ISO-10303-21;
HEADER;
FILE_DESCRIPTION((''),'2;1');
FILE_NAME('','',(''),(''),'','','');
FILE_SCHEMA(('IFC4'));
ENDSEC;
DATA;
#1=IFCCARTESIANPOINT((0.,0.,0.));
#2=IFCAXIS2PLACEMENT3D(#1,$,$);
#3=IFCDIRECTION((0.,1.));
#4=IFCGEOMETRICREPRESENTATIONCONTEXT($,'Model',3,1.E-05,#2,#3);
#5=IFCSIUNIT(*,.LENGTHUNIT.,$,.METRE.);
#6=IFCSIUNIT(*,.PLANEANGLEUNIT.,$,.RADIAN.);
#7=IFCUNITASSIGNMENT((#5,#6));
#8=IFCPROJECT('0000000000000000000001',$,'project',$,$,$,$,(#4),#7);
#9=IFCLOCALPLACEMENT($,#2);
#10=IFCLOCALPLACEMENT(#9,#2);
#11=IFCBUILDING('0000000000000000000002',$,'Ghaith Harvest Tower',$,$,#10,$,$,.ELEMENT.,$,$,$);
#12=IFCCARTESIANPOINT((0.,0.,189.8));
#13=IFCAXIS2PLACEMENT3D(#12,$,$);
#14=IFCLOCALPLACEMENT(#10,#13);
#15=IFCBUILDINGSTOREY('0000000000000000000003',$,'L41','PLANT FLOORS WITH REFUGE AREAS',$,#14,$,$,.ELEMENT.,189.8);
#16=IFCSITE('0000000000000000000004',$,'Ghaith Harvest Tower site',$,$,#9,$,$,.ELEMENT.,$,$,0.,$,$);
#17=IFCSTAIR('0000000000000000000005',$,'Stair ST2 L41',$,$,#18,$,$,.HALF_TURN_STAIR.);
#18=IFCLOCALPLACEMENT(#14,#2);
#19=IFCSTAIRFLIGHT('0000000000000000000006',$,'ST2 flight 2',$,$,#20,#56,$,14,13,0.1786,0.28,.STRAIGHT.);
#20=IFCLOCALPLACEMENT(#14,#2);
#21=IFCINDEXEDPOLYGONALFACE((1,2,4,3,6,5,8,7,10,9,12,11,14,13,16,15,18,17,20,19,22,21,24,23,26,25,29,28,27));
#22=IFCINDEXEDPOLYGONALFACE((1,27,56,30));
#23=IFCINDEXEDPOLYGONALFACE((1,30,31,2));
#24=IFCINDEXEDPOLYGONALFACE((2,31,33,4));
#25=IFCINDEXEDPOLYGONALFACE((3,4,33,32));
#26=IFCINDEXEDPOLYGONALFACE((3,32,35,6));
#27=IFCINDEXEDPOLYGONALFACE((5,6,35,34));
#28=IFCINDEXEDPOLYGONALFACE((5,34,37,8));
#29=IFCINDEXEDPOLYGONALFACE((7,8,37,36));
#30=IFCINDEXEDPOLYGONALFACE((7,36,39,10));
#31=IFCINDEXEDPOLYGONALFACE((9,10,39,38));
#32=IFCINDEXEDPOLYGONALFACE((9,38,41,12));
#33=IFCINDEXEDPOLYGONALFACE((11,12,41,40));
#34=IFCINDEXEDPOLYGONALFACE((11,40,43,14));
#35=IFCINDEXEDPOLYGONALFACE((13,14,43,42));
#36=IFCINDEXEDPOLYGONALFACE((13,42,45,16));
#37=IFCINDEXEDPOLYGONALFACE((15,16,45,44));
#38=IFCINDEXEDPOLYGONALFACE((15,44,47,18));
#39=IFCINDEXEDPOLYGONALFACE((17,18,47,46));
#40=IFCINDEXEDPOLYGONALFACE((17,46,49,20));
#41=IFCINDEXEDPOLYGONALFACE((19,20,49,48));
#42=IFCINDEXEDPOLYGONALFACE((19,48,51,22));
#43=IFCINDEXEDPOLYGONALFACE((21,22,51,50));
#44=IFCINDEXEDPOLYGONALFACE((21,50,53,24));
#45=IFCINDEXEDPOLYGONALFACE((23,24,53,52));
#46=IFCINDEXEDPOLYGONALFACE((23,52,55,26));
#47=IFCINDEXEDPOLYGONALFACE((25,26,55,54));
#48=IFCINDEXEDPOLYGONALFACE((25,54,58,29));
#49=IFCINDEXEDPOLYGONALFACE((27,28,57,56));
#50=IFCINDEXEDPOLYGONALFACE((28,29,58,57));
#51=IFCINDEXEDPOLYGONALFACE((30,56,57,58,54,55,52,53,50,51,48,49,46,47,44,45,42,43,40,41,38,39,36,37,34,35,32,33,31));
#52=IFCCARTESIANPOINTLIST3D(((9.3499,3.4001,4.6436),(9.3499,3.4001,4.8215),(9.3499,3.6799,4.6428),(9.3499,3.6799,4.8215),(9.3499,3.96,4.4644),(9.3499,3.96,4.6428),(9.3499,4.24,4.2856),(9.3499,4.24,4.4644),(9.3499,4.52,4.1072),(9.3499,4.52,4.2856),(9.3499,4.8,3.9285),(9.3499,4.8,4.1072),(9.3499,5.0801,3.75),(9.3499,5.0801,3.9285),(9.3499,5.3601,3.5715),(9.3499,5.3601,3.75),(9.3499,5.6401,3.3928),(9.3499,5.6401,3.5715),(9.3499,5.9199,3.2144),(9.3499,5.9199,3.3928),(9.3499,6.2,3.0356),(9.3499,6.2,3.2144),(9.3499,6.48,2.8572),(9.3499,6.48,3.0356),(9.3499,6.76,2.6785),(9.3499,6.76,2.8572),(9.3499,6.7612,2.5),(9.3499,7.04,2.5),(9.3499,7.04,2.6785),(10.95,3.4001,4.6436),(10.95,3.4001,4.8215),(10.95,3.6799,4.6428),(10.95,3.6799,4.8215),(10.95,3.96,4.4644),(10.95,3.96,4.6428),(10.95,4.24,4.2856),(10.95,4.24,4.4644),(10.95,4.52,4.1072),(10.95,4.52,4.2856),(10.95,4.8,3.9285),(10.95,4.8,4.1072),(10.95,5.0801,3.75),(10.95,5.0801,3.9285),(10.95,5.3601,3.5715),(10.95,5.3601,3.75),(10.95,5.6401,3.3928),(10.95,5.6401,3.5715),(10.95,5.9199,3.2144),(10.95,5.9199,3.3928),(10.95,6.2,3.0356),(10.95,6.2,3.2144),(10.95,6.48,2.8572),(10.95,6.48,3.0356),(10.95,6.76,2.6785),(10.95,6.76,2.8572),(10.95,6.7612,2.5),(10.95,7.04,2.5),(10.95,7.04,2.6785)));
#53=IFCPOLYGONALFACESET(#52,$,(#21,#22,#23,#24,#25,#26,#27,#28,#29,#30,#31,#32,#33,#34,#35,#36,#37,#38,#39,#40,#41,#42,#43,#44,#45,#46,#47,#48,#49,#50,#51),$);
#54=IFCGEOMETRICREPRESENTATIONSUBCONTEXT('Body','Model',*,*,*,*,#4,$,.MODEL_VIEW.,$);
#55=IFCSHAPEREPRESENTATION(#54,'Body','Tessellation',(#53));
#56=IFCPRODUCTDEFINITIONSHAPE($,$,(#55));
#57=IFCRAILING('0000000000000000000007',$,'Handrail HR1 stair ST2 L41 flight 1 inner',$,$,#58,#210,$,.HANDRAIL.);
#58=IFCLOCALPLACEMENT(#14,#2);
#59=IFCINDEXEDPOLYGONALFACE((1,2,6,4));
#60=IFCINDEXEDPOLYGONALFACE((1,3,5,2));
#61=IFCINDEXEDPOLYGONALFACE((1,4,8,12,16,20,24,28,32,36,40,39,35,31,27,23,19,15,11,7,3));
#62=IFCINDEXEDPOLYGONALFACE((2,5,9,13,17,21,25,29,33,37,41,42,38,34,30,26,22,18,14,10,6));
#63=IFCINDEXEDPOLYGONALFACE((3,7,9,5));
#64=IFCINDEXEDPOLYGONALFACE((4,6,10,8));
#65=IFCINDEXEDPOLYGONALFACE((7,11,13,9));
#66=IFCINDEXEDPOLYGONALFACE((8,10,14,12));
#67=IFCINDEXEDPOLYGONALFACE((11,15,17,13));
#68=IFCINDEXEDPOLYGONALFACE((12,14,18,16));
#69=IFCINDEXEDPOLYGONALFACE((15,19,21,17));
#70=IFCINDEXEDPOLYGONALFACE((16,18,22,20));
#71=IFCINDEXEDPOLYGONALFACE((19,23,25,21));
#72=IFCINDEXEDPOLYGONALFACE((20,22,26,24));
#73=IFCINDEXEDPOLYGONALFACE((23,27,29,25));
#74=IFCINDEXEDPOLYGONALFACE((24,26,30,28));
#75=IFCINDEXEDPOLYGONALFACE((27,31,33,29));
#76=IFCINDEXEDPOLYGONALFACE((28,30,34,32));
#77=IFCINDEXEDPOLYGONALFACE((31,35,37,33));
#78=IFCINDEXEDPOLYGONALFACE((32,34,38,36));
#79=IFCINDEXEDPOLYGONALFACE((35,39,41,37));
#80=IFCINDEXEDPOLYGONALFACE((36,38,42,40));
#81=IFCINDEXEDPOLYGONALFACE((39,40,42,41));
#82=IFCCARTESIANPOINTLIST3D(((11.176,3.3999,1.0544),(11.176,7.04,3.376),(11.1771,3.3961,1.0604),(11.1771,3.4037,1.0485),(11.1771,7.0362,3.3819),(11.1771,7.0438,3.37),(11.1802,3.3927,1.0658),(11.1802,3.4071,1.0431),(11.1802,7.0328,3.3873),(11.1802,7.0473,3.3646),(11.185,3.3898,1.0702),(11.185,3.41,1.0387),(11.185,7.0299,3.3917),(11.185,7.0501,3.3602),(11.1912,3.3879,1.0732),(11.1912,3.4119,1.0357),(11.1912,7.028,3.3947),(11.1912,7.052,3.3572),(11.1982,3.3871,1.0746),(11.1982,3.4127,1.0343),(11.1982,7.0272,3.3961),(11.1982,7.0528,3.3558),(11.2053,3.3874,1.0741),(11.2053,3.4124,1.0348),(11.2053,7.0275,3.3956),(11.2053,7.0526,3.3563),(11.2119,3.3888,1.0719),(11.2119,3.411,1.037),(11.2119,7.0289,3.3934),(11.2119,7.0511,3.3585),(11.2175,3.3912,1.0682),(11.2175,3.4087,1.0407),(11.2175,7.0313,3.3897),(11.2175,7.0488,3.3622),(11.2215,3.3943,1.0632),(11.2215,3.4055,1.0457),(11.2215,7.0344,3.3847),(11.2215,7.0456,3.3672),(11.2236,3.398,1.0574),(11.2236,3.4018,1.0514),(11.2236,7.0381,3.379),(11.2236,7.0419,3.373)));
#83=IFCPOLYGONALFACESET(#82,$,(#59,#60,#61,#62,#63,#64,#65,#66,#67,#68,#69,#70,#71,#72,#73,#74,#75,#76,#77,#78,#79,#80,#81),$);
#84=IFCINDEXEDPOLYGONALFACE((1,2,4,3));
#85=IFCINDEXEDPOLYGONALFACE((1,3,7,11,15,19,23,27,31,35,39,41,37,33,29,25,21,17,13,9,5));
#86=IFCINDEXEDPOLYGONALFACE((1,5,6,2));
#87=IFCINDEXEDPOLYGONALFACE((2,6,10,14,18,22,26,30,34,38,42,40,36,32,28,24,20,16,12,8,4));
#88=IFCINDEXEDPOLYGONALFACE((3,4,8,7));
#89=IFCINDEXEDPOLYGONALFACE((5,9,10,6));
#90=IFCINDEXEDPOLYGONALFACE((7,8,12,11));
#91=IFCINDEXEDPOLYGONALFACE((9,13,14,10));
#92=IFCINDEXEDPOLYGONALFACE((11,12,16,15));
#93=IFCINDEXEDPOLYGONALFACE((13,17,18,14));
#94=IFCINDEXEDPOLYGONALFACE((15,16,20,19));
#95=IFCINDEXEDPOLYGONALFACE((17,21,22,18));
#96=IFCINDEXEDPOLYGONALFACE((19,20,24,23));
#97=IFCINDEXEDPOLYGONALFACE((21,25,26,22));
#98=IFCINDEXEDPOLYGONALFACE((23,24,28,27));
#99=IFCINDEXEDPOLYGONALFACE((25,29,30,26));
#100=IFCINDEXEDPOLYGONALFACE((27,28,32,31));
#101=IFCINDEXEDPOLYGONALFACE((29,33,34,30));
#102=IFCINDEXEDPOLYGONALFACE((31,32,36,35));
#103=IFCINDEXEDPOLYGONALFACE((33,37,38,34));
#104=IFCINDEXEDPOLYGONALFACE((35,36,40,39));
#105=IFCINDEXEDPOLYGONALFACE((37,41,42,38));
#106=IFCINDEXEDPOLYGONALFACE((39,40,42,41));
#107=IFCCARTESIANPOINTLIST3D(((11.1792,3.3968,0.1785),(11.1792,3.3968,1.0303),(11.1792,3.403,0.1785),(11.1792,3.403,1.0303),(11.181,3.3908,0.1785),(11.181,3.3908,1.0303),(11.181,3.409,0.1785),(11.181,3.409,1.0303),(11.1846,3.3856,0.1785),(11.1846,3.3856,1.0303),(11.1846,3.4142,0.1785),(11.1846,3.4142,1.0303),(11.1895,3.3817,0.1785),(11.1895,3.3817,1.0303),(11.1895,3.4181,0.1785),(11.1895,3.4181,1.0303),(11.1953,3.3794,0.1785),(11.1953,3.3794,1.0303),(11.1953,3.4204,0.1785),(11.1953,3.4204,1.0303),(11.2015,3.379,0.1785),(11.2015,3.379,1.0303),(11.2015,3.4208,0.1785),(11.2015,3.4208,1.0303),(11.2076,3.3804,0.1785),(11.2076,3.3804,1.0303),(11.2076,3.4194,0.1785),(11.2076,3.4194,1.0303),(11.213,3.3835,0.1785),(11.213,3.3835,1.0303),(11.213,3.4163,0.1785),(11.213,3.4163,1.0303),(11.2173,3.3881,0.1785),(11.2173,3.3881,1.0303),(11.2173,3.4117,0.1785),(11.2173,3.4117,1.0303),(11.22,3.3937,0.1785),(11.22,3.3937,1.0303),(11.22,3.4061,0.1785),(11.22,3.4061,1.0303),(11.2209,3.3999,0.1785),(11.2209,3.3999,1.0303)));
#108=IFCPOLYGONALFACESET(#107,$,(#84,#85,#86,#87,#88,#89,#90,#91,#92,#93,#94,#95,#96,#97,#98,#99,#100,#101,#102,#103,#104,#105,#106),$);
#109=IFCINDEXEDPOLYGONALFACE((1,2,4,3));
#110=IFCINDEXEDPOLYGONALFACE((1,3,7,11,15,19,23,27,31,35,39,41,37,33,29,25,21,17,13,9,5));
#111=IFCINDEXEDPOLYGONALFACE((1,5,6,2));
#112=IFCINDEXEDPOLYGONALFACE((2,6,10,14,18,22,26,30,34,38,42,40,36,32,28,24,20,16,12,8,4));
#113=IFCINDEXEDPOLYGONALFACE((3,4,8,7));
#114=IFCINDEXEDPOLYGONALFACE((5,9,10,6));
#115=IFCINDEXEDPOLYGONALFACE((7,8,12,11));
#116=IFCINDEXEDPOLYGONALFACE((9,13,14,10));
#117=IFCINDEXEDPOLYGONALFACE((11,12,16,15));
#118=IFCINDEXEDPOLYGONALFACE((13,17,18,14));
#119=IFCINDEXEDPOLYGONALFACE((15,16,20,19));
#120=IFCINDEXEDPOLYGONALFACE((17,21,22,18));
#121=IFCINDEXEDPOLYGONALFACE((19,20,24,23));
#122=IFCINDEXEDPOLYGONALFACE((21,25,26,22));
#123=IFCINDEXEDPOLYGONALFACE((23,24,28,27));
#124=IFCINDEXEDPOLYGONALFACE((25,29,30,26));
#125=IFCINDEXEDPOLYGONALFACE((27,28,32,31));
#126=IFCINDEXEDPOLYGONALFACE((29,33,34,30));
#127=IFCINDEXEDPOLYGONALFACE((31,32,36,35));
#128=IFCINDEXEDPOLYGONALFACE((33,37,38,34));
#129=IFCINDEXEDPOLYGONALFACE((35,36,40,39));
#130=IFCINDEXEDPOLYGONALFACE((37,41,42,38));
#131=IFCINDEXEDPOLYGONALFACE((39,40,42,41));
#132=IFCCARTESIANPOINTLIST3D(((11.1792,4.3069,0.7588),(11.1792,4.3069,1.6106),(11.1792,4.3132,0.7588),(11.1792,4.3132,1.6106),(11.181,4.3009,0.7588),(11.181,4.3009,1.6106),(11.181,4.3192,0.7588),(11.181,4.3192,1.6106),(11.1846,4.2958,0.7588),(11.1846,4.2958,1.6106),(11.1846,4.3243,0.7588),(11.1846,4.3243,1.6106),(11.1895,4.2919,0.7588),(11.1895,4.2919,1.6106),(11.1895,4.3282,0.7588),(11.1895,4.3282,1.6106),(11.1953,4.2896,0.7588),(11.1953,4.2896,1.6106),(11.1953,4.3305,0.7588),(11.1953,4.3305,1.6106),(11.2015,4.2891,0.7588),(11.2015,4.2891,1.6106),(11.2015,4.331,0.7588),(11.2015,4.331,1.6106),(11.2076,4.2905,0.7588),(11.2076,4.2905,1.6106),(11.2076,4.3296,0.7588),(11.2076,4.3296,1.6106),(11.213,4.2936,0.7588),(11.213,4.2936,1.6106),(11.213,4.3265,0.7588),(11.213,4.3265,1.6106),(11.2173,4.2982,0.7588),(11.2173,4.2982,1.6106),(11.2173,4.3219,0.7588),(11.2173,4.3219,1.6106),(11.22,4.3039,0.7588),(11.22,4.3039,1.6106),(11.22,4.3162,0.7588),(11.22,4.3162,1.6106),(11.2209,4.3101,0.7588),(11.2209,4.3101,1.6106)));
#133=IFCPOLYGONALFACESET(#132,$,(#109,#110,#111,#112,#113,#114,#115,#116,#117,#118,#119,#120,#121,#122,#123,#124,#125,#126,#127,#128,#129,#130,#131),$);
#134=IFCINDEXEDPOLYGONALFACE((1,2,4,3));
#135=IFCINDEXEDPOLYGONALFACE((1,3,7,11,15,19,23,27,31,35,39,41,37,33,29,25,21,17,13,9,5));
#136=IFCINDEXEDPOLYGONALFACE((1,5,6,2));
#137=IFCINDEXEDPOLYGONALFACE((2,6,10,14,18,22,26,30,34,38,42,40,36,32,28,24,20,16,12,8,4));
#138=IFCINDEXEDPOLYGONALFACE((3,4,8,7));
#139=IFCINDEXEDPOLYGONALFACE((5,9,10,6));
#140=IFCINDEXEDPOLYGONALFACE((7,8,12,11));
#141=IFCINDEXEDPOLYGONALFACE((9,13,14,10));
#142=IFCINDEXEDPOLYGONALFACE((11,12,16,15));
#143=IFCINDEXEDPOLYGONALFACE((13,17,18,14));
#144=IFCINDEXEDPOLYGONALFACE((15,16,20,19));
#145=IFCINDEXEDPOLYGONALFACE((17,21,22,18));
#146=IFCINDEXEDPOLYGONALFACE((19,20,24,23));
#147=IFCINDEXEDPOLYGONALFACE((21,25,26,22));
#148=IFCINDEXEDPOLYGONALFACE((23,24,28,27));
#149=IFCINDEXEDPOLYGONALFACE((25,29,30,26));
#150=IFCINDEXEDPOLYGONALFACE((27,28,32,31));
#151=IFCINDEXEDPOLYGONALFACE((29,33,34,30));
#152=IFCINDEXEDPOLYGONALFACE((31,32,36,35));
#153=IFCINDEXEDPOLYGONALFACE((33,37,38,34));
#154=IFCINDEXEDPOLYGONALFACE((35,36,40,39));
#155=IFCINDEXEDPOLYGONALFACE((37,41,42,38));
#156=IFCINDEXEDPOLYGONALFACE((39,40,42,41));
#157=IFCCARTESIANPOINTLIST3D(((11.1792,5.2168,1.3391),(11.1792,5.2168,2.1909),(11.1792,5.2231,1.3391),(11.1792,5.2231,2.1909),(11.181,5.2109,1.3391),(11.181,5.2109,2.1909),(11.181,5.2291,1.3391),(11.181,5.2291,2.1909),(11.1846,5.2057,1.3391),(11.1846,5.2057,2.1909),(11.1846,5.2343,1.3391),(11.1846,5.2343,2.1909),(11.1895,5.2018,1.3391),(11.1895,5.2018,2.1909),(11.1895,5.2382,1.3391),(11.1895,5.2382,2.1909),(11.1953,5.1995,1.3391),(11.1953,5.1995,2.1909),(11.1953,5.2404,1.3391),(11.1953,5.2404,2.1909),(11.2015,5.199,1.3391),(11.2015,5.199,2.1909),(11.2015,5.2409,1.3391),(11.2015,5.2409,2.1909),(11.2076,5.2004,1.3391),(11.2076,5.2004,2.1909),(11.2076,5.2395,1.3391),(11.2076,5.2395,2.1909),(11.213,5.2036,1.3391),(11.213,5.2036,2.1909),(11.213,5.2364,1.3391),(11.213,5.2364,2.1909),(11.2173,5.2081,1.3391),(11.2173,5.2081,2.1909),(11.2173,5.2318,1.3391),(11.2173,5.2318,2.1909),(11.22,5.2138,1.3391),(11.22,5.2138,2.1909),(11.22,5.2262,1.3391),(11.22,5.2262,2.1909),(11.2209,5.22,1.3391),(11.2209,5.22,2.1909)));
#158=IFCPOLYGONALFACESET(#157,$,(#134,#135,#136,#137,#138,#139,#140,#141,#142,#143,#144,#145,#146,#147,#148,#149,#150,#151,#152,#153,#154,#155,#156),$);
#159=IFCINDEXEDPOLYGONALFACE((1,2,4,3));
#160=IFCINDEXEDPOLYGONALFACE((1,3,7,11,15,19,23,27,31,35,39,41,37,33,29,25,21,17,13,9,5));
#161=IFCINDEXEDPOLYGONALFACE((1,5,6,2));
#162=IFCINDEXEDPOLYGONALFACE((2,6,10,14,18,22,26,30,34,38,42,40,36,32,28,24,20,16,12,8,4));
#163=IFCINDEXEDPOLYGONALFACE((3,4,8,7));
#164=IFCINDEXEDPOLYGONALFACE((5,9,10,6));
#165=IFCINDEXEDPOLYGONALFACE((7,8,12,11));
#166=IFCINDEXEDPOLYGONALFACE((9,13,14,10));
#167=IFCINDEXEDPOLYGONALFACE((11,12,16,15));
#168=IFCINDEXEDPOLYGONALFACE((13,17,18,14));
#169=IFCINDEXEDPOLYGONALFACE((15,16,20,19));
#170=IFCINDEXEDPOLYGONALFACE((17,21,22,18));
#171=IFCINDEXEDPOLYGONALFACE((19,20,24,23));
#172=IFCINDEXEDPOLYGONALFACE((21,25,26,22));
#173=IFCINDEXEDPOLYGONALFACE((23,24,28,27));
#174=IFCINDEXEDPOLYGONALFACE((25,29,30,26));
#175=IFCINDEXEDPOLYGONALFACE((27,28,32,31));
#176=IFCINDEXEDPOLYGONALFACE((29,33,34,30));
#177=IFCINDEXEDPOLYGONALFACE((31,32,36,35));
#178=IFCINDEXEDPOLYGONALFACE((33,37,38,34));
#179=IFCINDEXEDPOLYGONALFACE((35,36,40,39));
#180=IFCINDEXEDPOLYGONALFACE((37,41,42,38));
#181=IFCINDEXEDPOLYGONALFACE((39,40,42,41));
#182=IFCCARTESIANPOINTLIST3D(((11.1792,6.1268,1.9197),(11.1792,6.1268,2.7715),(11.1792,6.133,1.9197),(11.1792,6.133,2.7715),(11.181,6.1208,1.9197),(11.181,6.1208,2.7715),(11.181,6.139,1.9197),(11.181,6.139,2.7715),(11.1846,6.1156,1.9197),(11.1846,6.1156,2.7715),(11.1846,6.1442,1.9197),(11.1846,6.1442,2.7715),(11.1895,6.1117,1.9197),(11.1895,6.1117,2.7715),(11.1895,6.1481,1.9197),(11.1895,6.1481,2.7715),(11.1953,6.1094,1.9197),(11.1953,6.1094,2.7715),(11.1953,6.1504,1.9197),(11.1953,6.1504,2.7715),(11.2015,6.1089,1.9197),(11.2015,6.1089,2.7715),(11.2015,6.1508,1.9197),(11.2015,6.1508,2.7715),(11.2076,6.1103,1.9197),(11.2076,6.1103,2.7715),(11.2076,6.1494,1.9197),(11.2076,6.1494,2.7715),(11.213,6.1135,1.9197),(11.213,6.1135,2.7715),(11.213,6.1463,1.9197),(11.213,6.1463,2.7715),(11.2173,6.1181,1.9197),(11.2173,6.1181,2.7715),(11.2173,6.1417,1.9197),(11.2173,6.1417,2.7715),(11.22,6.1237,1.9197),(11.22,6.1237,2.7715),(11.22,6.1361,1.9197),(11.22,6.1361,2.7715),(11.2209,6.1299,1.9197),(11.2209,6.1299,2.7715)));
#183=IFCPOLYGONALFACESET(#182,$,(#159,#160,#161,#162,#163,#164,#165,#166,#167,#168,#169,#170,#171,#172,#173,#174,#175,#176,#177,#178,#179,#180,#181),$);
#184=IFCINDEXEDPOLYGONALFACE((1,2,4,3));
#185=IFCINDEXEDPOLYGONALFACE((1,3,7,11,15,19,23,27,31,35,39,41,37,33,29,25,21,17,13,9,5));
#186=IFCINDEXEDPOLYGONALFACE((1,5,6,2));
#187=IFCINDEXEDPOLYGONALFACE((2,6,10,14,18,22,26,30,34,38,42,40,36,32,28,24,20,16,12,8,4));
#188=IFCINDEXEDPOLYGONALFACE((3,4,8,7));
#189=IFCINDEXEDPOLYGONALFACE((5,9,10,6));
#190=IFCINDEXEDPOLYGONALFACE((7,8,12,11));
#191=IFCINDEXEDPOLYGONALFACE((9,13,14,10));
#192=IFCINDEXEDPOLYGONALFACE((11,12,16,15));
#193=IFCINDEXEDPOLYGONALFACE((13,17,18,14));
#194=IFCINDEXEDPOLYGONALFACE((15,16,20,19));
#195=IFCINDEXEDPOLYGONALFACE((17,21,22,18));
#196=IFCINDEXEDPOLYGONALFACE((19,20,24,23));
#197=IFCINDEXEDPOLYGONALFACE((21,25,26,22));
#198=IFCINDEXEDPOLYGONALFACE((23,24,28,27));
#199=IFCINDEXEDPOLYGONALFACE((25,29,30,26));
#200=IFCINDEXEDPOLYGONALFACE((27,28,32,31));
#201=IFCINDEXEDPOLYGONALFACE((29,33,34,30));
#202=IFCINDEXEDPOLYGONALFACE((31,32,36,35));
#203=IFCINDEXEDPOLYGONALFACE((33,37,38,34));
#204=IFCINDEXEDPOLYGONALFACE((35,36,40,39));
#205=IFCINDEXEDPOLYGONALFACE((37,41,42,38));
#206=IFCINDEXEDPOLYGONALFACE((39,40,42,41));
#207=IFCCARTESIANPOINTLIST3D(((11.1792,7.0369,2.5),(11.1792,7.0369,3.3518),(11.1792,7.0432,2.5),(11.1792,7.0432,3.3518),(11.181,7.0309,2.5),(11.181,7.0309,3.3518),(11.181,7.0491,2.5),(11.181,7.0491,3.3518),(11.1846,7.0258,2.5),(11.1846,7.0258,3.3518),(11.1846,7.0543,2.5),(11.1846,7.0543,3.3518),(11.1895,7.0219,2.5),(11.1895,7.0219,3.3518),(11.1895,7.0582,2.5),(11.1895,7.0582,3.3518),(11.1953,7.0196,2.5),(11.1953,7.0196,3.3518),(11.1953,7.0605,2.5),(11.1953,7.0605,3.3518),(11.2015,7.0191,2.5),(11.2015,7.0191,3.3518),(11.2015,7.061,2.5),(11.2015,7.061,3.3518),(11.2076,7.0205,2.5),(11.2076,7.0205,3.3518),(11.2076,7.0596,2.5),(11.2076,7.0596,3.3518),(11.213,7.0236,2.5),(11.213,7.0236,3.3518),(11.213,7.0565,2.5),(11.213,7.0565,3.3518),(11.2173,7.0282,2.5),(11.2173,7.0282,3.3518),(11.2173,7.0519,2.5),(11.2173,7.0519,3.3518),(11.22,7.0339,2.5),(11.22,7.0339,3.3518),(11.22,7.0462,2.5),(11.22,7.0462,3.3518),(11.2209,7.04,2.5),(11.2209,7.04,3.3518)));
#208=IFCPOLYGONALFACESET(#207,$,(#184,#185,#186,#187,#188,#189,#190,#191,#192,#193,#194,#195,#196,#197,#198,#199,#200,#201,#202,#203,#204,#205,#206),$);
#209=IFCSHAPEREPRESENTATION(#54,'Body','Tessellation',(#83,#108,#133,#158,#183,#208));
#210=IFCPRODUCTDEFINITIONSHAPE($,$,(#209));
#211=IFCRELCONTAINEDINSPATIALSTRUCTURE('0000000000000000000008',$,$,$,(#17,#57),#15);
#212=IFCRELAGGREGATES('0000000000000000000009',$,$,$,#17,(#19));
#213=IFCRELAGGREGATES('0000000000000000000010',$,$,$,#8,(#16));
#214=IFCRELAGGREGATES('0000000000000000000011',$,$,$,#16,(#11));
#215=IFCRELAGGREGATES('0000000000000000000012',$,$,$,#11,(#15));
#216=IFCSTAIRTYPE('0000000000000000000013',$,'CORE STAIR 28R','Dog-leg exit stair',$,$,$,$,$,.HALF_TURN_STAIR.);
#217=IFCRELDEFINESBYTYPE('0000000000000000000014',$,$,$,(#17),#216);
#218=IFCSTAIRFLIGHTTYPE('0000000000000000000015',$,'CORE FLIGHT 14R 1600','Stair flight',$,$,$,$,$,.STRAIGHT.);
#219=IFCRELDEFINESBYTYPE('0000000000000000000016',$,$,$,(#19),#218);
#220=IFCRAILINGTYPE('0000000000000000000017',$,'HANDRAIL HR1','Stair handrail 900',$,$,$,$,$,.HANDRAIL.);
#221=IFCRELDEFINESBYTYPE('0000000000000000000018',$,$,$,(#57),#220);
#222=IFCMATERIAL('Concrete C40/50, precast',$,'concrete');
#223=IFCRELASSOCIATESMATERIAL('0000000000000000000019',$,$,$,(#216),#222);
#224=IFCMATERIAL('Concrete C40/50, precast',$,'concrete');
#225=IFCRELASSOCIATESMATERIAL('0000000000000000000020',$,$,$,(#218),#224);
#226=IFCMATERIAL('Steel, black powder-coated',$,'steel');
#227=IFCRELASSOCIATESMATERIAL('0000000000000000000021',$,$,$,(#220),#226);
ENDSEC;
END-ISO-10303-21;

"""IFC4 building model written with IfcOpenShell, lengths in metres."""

from ifc_helpers import new_model, si_unit, direction, frame, origin, origin_2d, place, context, subcontext, project, spatial, polyline, circle, outline, extrude, material, type_object, element, aggregate, save


model = new_model("IFC4")

# Units and contexts
model_context = context("Model", 3, precision=1e-05, world=origin(), true_north=direction((0.0, 1.0)))
body_context = subcontext(model_context, "Body", "Model", "MODEL_VIEW")
ifc_project = project(units=[si_unit("LENGTHUNIT", "METRE"), si_unit("PLANEANGLEUNIT", "RADIAN")], contexts=[model_context])

# Site, building, storey
site_placement = place(None, origin())
site = spatial("IfcSite", under=ifc_project, at=site_placement, Name="Ghaith Harvest Tower site", CompositionType="ELEMENT", RefElevation=0.0)
building_placement = place(site_placement, origin())
building = spatial("IfcBuilding", under=site, at=building_placement, Name="Ghaith Harvest Tower", CompositionType="ELEMENT")
storey_placement = place(building_placement, frame((0.0, 0.0, 189.8)))
storey = spatial("IfcBuildingStorey", under=building, at=storey_placement, Name="L41", Description="PLANT FLOORS WITH REFUGE AREAS", CompositionType="ELEMENT", Elevation=189.8)

# Stair, stair flight
ifc_material_1 = material(Name="Concrete C40/50, precast", Category="concrete")
stair_type = type_object("IfcStairType", Name="CORE STAIR 28R", Description="Dog-leg exit stair", PredefinedType="HALF_TURN_STAIR", material=ifc_material_1)
stair_placement = place(storey_placement, origin())
stair = element("IfcStair", 1, at=stair_placement, inside=storey, type_object=stair_type, Name="Stair ST2 L41", PredefinedType="HALF_TURN_STAIR")
ifc_material_2 = material(Name="Concrete C40/50, precast", Category="concrete")
stair_flight_type = type_object("IfcStairFlightType", Name="CORE FLIGHT 14R 1600", Description="Stair flight", PredefinedType="STRAIGHT", material=ifc_material_2)
stair_flight_1_placement = place(storey_placement, frame((10.1499, 7.04, 2.5), z_axis=(0.0, 0.0, 1.0), x_axis=(0.0, -1.0, 0.0)))
stair_flight_1 = element("IfcStairFlight", 2, at=stair_flight_1_placement, type_object=stair_flight_type, Name="ST2 flight 2", NumberOfRisers=14, NumberOfTreads=13, PredefinedType="STRAIGHT", RiserHeight=0.1786, TreadLength=0.28, context=body_context, shape_type="SweptSolid", body=[
    extrude(outline(polyline([(0.0, 0.0), (0.0, 0.1785), (0.28, 0.1785), (0.28, 0.3572), (0.5601, 0.3572), (0.5601, 0.5356), (0.8401, 0.5356), (0.8401, 0.7144), (1.1201, 0.7144), (1.1201, 0.8928), (1.3999, 0.8928), (1.3999, 1.0715), (1.6799, 1.0715), (1.6799, 1.25), (1.96, 1.25), (1.96, 1.4285), (2.24, 1.4285), (2.24, 1.6072), (2.52, 1.6072), (2.52, 1.7856), (2.8, 1.7856), (2.8, 1.9644), (3.0801, 1.9644), (3.0801, 2.1428), (3.3601, 2.1428), (3.3601, 2.3215), (3.6399, 2.3215), (3.6399, 2.5), (3.6399, 2.1436), (0.2788, 0.0), (0.0, 0.0)])), frame((0.0, 0.8, 0.0), z_axis=(0.0, -1.0, 0.0), x_axis=(1.0, 0.0, 0.0)), (0.0, 0.0, 1.0), 1.6001),
])
aggregate(stair, [stair_flight_1])

# Railing
ifc_material_3 = material(Name="Steel, black powder-coated", Category="steel")
railing_type = type_object("IfcRailingType", Name="HANDRAIL HR1", Description="Stair handrail 900", PredefinedType="HANDRAIL", material=ifc_material_3)
railing_1_placement = place(storey_placement, frame((11.2, 3.3999, 0.1785)))
element("IfcRailing", 3, at=railing_1_placement, inside=storey, type_object=railing_type, Name="Handrail HR1 stair ST2 L41 flight 1 inner", PredefinedType="HANDRAIL", context=body_context, shape_type="SweptSolid", body=[
    extrude(circle(Radius=0.0239, at=origin_2d()), frame((0.0, 0.0, 0.876), z_axis=(0.0, 0.843128, 0.537713), x_axis=(-1.0, 0.0, 0.0)), (0.0, 0.0, 1.0), 4.3174),
    extrude(circle(Radius=0.021, at=origin_2d()), origin(), (0.0, 0.0, 1.0), 0.8518),
    extrude(circle(Radius=0.021, at=origin_2d()), frame((0.0, 0.9102, 0.5803)), (0.0, 0.0, 1.0), 0.8518),
    extrude(circle(Radius=0.021, at=origin_2d()), frame((0.0, 1.8201, 1.1606)), (0.0, 0.0, 1.0), 0.8518),
    extrude(circle(Radius=0.021, at=origin_2d()), frame((0.0, 2.73, 1.7412)), (0.0, 0.0, 1.0), 0.8518),
    extrude(circle(Radius=0.021, at=origin_2d()), frame((0.0, 3.6401, 2.3215)), (0.0, 0.0, 1.0), 0.8518),
])

save(model, "model.ifc")
